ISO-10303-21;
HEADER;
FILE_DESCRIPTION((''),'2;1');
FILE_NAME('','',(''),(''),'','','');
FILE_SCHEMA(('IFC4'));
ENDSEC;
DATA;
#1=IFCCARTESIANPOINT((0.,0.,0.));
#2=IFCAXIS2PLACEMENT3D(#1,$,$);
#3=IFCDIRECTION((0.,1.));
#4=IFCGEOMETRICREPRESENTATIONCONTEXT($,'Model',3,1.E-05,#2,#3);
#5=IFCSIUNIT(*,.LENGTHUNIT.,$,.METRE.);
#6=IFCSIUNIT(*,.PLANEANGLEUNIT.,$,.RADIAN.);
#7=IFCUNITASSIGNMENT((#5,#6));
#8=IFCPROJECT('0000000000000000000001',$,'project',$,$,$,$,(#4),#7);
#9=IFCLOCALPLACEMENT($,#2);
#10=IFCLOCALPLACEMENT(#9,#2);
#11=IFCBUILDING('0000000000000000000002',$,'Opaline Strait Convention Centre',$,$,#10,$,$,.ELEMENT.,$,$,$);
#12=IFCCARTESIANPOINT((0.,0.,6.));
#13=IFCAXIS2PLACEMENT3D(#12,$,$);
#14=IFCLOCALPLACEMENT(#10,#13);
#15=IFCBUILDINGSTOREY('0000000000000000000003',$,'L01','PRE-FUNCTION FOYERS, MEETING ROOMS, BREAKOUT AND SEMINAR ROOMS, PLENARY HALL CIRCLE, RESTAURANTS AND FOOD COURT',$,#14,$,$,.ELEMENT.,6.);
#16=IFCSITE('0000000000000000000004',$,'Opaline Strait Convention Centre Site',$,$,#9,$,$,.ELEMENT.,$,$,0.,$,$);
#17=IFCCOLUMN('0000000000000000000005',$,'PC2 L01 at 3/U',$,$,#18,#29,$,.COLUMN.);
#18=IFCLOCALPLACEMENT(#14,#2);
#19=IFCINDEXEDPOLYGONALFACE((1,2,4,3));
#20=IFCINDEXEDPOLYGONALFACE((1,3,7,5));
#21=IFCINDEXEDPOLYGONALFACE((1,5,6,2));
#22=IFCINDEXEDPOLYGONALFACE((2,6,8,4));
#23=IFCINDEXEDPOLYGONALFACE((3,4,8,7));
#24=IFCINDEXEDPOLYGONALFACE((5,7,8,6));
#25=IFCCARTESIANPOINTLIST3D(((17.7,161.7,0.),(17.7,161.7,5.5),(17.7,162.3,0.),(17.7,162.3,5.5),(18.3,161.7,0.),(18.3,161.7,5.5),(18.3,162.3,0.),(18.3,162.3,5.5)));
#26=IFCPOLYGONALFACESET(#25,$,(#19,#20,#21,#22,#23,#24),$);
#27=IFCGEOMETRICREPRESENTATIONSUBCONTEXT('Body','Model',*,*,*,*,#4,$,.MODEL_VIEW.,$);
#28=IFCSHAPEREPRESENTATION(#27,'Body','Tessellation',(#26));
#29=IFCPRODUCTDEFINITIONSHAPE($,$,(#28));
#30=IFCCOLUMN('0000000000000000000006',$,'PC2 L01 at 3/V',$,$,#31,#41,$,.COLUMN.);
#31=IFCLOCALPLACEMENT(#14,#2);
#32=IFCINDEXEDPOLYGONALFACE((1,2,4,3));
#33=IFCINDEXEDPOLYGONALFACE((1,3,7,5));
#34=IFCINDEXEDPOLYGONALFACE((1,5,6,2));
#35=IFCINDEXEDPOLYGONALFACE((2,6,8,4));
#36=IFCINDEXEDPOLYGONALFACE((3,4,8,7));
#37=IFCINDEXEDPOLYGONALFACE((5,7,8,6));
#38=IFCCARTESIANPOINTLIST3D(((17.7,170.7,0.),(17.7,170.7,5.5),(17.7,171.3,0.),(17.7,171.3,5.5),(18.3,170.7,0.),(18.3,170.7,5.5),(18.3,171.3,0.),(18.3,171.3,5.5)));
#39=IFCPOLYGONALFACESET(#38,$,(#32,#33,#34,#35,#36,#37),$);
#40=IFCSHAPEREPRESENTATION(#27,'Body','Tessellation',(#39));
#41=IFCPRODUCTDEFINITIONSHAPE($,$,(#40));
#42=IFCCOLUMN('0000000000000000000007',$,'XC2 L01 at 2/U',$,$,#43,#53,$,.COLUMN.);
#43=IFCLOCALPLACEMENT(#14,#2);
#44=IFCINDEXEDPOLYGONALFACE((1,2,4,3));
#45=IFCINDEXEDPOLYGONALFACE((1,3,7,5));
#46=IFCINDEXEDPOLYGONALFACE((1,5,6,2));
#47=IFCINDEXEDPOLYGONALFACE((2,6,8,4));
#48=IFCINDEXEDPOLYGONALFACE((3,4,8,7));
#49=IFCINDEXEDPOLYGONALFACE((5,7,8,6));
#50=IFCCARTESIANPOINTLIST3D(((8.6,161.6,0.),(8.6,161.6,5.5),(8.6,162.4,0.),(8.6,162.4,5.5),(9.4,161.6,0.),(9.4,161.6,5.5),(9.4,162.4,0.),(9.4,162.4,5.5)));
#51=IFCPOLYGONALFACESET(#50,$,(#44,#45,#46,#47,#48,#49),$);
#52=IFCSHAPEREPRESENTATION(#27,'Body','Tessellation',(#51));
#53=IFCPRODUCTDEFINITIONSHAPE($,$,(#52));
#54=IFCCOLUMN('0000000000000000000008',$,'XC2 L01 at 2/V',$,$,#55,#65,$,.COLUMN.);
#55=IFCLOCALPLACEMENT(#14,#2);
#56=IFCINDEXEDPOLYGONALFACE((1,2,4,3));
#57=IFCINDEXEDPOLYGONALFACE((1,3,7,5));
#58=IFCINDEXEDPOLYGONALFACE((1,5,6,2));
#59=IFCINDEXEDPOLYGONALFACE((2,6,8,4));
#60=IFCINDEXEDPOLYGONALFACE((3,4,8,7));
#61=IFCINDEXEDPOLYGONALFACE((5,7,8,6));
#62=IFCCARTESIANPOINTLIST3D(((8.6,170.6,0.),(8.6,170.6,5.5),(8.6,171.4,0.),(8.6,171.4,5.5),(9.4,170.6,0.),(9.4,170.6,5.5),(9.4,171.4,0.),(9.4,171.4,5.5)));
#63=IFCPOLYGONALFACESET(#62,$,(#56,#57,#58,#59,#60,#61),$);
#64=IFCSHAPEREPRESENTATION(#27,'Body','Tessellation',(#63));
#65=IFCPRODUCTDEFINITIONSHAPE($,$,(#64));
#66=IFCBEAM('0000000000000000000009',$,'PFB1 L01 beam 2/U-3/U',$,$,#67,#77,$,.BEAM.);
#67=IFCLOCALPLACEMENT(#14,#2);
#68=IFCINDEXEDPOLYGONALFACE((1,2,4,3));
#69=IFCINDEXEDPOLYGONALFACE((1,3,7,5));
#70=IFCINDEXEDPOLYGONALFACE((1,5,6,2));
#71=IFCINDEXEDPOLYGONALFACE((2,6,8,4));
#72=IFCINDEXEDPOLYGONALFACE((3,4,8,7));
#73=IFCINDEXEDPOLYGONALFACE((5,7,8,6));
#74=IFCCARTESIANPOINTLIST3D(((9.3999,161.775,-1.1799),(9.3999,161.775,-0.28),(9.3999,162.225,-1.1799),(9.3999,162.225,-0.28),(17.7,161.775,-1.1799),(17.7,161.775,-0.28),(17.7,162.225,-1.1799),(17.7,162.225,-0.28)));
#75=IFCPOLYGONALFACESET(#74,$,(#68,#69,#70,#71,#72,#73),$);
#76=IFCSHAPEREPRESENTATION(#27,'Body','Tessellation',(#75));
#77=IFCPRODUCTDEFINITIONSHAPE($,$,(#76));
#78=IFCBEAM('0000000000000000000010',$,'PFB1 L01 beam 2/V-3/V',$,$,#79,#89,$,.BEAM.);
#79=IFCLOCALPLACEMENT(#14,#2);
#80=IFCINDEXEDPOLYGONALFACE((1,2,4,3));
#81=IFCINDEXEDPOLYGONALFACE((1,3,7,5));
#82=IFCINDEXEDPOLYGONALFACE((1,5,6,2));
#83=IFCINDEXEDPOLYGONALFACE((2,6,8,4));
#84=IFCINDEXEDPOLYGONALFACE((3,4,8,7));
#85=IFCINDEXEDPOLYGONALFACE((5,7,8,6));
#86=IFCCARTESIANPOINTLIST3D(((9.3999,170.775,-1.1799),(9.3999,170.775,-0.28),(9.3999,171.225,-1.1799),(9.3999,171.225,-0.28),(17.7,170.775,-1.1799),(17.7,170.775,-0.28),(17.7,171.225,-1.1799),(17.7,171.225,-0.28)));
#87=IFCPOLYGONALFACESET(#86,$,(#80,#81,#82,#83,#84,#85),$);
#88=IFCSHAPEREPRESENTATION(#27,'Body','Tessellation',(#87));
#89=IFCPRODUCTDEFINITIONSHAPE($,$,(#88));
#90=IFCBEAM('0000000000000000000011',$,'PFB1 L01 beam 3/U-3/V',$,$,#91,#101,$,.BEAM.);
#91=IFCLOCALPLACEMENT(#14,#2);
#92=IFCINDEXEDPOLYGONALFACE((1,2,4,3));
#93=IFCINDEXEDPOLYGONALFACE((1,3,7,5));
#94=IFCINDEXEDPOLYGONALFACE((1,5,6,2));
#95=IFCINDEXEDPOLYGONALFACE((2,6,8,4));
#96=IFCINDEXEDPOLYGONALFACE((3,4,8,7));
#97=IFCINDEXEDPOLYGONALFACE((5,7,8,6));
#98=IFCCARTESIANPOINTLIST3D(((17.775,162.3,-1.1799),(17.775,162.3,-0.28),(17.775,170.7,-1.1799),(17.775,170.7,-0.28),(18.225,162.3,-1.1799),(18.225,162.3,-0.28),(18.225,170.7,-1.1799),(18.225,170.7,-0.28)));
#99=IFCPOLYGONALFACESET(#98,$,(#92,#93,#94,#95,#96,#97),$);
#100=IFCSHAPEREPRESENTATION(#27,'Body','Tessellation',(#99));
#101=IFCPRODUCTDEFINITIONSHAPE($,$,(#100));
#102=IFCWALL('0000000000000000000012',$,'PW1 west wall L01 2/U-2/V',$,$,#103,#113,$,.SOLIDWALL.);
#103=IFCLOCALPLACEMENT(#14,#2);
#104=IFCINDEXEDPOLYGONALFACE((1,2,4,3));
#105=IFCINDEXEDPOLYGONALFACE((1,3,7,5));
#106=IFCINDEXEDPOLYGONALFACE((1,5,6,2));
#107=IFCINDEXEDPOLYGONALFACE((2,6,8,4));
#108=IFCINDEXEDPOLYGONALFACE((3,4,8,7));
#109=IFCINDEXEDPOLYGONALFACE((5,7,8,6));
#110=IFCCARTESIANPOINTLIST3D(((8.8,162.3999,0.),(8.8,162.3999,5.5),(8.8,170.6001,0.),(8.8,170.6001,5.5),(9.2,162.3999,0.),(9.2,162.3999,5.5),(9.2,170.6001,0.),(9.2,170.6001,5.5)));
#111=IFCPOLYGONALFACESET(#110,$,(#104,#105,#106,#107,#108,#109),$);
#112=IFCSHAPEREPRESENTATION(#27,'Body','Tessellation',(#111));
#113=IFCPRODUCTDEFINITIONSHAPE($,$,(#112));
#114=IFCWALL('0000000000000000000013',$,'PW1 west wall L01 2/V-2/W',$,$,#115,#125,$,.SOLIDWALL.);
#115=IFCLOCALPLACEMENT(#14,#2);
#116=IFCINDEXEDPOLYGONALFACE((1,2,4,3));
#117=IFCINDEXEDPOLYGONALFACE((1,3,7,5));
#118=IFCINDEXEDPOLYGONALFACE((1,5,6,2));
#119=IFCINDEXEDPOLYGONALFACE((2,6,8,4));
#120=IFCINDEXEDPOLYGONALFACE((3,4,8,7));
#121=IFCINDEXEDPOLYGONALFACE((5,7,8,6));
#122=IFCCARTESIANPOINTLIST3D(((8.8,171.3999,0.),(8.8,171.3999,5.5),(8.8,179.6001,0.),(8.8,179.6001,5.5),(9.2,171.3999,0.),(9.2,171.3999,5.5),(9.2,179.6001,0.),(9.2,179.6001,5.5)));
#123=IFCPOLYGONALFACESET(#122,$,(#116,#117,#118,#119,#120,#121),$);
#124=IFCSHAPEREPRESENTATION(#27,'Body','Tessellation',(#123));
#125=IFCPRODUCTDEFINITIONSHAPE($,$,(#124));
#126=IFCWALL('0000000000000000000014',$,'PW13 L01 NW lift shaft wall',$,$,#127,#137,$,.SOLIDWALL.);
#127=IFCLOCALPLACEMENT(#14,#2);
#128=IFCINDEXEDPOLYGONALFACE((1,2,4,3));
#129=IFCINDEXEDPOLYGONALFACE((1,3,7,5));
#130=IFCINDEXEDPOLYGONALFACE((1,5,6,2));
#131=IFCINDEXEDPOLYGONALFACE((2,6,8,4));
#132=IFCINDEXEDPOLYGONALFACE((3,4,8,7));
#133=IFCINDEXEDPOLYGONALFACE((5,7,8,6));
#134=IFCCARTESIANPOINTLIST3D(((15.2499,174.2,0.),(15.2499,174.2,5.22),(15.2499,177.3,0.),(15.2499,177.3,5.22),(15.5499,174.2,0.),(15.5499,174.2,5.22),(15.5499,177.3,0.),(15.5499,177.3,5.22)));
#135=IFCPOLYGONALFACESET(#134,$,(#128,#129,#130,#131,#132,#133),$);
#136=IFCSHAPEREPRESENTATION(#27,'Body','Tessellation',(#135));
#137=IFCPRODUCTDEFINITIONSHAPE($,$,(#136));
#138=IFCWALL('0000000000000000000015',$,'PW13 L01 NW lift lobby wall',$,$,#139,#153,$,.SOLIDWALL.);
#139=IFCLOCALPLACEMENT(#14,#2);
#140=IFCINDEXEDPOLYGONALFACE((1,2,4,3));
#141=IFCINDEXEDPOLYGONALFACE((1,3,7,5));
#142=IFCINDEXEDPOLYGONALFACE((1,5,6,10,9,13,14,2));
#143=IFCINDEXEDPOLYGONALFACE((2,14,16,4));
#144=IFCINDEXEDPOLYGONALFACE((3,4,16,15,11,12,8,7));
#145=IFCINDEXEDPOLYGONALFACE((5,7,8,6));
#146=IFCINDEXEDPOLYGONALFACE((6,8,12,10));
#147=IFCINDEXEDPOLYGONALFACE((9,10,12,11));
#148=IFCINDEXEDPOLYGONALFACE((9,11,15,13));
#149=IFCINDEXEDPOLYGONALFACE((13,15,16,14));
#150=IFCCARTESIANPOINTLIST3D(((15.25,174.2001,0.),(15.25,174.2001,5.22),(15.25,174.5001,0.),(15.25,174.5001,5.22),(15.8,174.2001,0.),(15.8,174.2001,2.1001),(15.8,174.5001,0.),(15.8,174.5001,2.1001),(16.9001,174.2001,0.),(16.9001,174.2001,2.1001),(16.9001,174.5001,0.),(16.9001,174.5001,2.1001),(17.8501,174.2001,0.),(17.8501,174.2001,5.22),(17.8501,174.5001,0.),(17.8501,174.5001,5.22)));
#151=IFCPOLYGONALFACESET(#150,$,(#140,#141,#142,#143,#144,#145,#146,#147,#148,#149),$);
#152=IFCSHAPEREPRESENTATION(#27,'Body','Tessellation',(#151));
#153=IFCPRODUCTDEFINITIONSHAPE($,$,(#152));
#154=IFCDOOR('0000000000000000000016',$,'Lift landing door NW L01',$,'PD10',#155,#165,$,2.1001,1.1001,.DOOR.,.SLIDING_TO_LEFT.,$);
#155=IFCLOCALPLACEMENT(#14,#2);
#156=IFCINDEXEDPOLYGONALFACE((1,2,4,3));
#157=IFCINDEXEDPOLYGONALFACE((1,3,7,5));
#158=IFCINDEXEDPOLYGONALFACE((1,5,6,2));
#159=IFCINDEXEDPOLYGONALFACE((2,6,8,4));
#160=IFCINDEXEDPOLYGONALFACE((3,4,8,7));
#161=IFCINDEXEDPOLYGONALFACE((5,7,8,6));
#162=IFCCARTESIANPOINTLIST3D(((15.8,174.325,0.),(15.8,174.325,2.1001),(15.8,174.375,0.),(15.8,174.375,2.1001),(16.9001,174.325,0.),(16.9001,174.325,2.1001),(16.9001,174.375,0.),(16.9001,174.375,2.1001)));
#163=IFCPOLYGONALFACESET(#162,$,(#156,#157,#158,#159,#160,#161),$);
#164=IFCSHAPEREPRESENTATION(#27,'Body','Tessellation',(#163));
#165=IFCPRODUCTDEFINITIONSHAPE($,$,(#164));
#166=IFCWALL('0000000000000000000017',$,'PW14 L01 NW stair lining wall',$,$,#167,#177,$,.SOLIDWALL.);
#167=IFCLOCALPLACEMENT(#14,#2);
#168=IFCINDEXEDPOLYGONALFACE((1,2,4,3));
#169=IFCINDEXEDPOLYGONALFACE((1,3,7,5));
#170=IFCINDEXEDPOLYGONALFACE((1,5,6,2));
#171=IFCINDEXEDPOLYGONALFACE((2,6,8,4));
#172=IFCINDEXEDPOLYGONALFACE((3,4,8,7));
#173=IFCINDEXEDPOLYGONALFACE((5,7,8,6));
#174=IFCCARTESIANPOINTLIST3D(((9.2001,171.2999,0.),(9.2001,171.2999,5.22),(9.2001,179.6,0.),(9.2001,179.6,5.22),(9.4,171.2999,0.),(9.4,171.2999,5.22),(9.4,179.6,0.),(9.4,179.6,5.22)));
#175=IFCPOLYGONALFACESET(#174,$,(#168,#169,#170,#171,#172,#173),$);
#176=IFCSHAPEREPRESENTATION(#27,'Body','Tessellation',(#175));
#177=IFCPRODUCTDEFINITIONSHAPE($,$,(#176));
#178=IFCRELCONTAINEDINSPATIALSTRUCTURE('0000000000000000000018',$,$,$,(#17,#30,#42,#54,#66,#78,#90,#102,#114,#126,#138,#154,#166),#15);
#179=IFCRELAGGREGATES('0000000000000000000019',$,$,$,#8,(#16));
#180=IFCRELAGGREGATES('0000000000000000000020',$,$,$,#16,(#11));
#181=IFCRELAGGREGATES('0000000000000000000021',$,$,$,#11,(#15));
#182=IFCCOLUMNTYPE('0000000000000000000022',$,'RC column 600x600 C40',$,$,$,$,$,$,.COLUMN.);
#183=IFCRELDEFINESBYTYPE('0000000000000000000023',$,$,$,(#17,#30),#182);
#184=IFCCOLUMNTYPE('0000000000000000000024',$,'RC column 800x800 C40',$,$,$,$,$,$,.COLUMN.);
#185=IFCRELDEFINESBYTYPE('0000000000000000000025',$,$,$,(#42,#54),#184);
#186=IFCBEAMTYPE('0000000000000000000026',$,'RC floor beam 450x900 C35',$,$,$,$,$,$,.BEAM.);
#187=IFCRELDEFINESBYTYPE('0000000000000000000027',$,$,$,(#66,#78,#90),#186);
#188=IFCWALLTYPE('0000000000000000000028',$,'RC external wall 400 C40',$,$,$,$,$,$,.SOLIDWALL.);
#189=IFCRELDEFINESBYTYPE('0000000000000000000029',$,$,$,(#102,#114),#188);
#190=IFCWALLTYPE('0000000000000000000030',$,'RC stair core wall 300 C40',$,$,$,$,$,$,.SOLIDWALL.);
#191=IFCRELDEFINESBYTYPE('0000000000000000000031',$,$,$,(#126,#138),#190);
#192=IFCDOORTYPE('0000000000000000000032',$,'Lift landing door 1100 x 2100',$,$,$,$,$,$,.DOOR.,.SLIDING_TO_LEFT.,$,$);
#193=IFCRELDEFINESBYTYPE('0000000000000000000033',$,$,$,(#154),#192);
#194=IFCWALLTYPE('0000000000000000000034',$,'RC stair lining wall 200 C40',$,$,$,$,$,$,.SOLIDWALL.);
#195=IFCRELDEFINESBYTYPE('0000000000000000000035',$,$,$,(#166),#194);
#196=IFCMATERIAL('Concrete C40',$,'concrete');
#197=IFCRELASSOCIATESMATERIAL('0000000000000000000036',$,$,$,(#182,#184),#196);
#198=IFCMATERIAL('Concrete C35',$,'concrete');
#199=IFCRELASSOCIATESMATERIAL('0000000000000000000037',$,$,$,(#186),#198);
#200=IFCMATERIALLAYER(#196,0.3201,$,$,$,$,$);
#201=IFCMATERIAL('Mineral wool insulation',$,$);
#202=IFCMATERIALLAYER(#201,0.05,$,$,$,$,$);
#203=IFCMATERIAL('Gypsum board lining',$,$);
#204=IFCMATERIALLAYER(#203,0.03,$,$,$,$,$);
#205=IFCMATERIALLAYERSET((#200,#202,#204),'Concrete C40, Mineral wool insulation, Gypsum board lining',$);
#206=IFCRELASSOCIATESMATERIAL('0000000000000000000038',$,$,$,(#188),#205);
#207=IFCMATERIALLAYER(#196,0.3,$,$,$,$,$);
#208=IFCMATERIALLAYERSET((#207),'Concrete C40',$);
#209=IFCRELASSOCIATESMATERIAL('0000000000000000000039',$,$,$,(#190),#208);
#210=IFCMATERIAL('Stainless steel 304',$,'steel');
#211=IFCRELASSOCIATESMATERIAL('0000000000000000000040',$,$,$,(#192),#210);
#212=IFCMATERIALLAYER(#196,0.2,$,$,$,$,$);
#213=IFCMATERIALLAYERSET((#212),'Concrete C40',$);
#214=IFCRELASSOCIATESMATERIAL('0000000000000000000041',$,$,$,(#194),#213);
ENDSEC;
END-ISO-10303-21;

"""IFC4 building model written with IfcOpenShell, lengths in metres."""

from ifc_helpers import new_model, si_unit, direction, frame, frame_2d, origin, origin_2d, place, context, subcontext, project, spatial, rectangle, extrude, material, layer, layer_set, material_profile, profile_set, type_object, element, fill, save


model = new_model("IFC4")

# Units and contexts
model_context = context("Model", 3, precision=1e-05, world=origin(), true_north=direction((0.0, 1.0)))
body_context = subcontext(model_context, "Body", "Model", "MODEL_VIEW")
ifc_project = project(units=[si_unit("LENGTHUNIT", "METRE"), si_unit("PLANEANGLEUNIT", "RADIAN")], contexts=[model_context])

# Site, building, storey
site_placement = place(None, origin())
site = spatial("IfcSite", under=ifc_project, at=site_placement, Name="Opaline Strait Convention Centre Site", CompositionType="ELEMENT", RefElevation=0.0)
building_placement = place(site_placement, origin())
building = spatial("IfcBuilding", under=site, at=building_placement, Name="Opaline Strait Convention Centre", CompositionType="ELEMENT")
storey_placement = place(building_placement, frame((0.0, 0.0, 6.0)))
storey = spatial("IfcBuildingStorey", under=building, at=storey_placement, Name="L01", Description="PRE-FUNCTION FOYERS, MEETING ROOMS, BREAKOUT AND SEMINAR ROOMS, PLENARY HALL CIRCLE, RESTAURANTS AND FOOD COURT", CompositionType="ELEMENT", Elevation=6.0)

# Columns
ifc_material_1 = material(Name="Concrete C40", Category="concrete")
ifc_material_profile_1 = material_profile(ifc_material_1, rectangle(XDim=0.6001, YDim=0.6001, at=origin_2d()), Name="RC 600x600")
ifc_profile_set_1 = profile_set([ifc_material_profile_1], Name="Concrete C40")
column_type_1 = type_object("IfcColumnType", Name="RC column 600x600 C40", PredefinedType="COLUMN", material=ifc_profile_set_1)
for number, where, z_axis, x_axis, name in (
    (1, (18.0, 162.0, 0.0), (0.0, 0.0, 1.0), (1.0, 0.0, 0.0), "PC2 L01 at 3/U"),
    (2, (18.0, 171.0, 0.0), (0.0, 0.0, 1.0), (1.0, 0.0, 0.0), "PC2 L01 at 3/V"),
):
    element("IfcColumn", number, at=place(storey_placement, frame(where, z_axis=z_axis, x_axis=x_axis)), inside=storey, type_object=column_type_1, Name=name, PredefinedType="COLUMN", context=body_context, shape_type="SweptSolid", body=[
        extrude(rectangle(XDim=0.6001, YDim=0.6001, at=origin_2d()), origin(), (0.0, 0.0, 1.0), 5.5),
    ])
ifc_material_profile_2 = material_profile(ifc_material_1, rectangle(XDim=0.8, YDim=0.8, at=origin_2d()), Name="RC 800x800")
ifc_profile_set_2 = profile_set([ifc_material_profile_2], Name="Concrete C40")
column_type_2 = type_object("IfcColumnType", Name="RC column 800x800 C40", PredefinedType="COLUMN", material=ifc_profile_set_2)
for number, where, z_axis, x_axis, name in (
    (3, (9.0, 162.0, 0.0), (0.0, 0.0, 1.0), (1.0, 0.0, 0.0), "XC2 L01 at 2/U"),
    (4, (9.0, 171.0, 0.0), (0.0, 0.0, 1.0), (1.0, 0.0, 0.0), "XC2 L01 at 2/V"),
):
    element("IfcColumn", number, at=place(storey_placement, frame(where, z_axis=z_axis, x_axis=x_axis)), inside=storey, type_object=column_type_2, Name=name, PredefinedType="COLUMN", context=body_context, shape_type="SweptSolid", body=[
        extrude(rectangle(XDim=0.8, YDim=0.8, at=origin_2d()), origin(), (0.0, 0.0, 1.0), 5.5),
    ])

# Beams
ifc_material_2 = material(Name="Concrete C35", Category="concrete")
ifc_material_profile_3 = material_profile(ifc_material_2, rectangle(XDim=0.45, YDim=0.8999, at=origin_2d()), Name="RC 450x900")
ifc_profile_set_3 = profile_set([ifc_material_profile_3], Name="Concrete C35")
beam_type = type_object("IfcBeamType", Name="RC floor beam 450x900 C35", PredefinedType="BEAM", material=ifc_profile_set_3)
for number, where, z_axis, x_axis, name in (
    (5, (9.3999, 162.0, -0.73), (1.0, 0.0, 0.0), (0.0, 1.0, 0.0), "PFB1 L01 beam 2/U-3/U"),
    (6, (9.3999, 171.0, -0.73), (1.0, 0.0, 0.0), (0.0, 1.0, 0.0), "PFB1 L01 beam 2/V-3/V"),
):
    element("IfcBeam", number, at=place(storey_placement, frame(where, z_axis=z_axis, x_axis=x_axis)), inside=storey, type_object=beam_type, Name=name, PredefinedType="BEAM", context=body_context, shape_type="SweptSolid", body=[
        extrude(rectangle(XDim=0.45, YDim=0.8999, at=origin_2d()), origin(), (0.0, 0.0, 1.0), 8.3),
    ])
beam_placement = place(storey_placement, frame((18.0, 162.3, -0.73), z_axis=(0.0, 1.0, 0.0), x_axis=(-1.0, 0.0, 0.0)))
element("IfcBeam", 7, at=beam_placement, inside=storey, type_object=beam_type, Name="PFB1 L01 beam 3/U-3/V", PredefinedType="BEAM", context=body_context, shape_type="SweptSolid", body=[
    extrude(rectangle(XDim=0.45, YDim=0.8999, at=origin_2d()), origin(), (0.0, 0.0, 1.0), 8.3999),
])

# Walls
ifc_layer_1 = layer(ifc_material_1, 0.3201)
ifc_material_3 = material(Name="Mineral wool insulation")
ifc_layer_2 = layer(ifc_material_3, 0.05)
ifc_material_4 = material(Name="Gypsum board lining")
ifc_layer_3 = layer(ifc_material_4, 0.03)
ifc_layer_set_1 = layer_set([ifc_layer_1, ifc_layer_2, ifc_layer_3], Name="Concrete C40, Mineral wool insulation, Gypsum board lining")
wall_type_1 = type_object("IfcWallType", Name="RC external wall 400 C40", PredefinedType="SOLIDWALL", material=ifc_layer_set_1)
for number, where, z_axis, x_axis, name in (
    (8, (9.0, 162.3999, 0.0), (0.0, 0.0, 1.0), (0.0, 1.0, 0.0), "PW1 west wall L01 2/U-2/V"),
    (9, (9.0, 171.3999, 0.0), (0.0, 0.0, 1.0), (0.0, 1.0, 0.0), "PW1 west wall L01 2/V-2/W"),
):
    element("IfcWall", number, at=place(storey_placement, frame(where, z_axis=z_axis, x_axis=x_axis)), inside=storey, type_object=wall_type_1, Name=name, PredefinedType="SOLIDWALL", context=body_context, shape_type="SweptSolid", body=[
        extrude(rectangle(XDim=8.2002, YDim=0.3999, at=frame_2d((4.1001, 0.0))), origin(), (0.0, 0.0, 1.0), 5.5),
    ])

# Shared definitions
ifc_layer_4 = layer(ifc_material_1, 0.3)
ifc_layer_set_2 = layer_set([ifc_layer_4], Name="Concrete C40")
wall_type_2 = type_object("IfcWallType", Name="RC stair core wall 300 C40", PredefinedType="SOLIDWALL", material=ifc_layer_set_2)

# Wall
wall_1_placement = place(storey_placement, frame((15.3999, 174.2, 0.0), z_axis=(0.0, 0.0, 1.0), x_axis=(0.0, 1.0, 0.0)))
element("IfcWall", 10, at=wall_1_placement, inside=storey, type_object=wall_type_2, Name="PW13 L01 NW lift shaft wall", PredefinedType="SOLIDWALL", context=body_context, shape_type="SweptSolid", body=[
    extrude(rectangle(XDim=3.1001, YDim=0.3, at=frame_2d((1.55, 0.0))), origin(), (0.0, 0.0, 1.0), 5.22),
])

# Wall, opening, door
wall_2_placement = place(storey_placement, frame((15.25, 174.3501, 0.0), z_axis=(0.0, 0.0, 1.0), x_axis=(1.0, 0.0, 0.0)))
wall_2 = element("IfcWall", 11, at=wall_2_placement, inside=storey, type_object=wall_type_2, Name="PW13 L01 NW lift lobby wall", PredefinedType="SOLIDWALL", context=body_context, shape_type="SweptSolid", body=[
    extrude(rectangle(XDim=2.6001, YDim=0.3, at=frame_2d((1.3, 0.0))), origin(), (0.0, 0.0, 1.0), 5.22),
])
opening_1_placement = place(wall_2_placement, frame((0.55, 0.0, 0.0)))
opening_1 = element("IfcOpeningElement", 12, at=opening_1_placement, cuts=wall_2, PredefinedType="OPENING", context=body_context, shape_type="SweptSolid", body=[
    extrude(rectangle(XDim=1.1001, YDim=2.1001, at=frame_2d((0.55, 1.05))), frame((0.0, 0.1599, 0.0), z_axis=(0.0, -1.0, 0.0), x_axis=(1.0, 0.0, 0.0)), (0.0, 0.0, 1.0), 0.3201),
])
ifc_material_5 = material(Name="Stainless steel 304", Category="steel")
door_type_1 = type_object("IfcDoorType", Name="Lift landing door 1100 x 2100", OperationType="SLIDING_TO_LEFT", PredefinedType="DOOR", material=ifc_material_5)
door_1_placement = place(opening_1_placement, origin())
door_1 = element("IfcDoor", 13, at=door_1_placement, inside=storey, type_object=door_type_1, Name="Lift landing door NW L01", ObjectType="PD10", OperationType="SLIDING_TO_LEFT", OverallHeight=2.1001, OverallWidth=1.1001, PredefinedType="DOOR", context=body_context, shape_type="SweptSolid", body=[
    extrude(rectangle(XDim=1.1001, YDim=2.1001, at=frame_2d((0.55, 1.05))), frame((0.0, 0.0249, 0.0), z_axis=(0.0, -1.0, 0.0), x_axis=(1.0, 0.0, 0.0)), (0.0, 0.0, 1.0), 0.05),
])
fill(opening_1, door_1)

# Wall
ifc_layer_5 = layer(ifc_material_1, 0.2)
ifc_layer_set_3 = layer_set([ifc_layer_5], Name="Concrete C40")
wall_type_3 = type_object("IfcWallType", Name="RC stair lining wall 200 C40", PredefinedType="SOLIDWALL", material=ifc_layer_set_3)
wall_3_placement = place(storey_placement, frame((9.3, 171.3, 0.0), z_axis=(0.0, 0.0, 1.0), x_axis=(0.0, 1.0, 0.0)))
element("IfcWall", 14, at=wall_3_placement, inside=storey, type_object=wall_type_3, Name="PW14 L01 NW stair lining wall", PredefinedType="SOLIDWALL", context=body_context, shape_type="SweptSolid", body=[
    extrude(rectangle(XDim=8.3, YDim=0.2, at=frame_2d((4.1499, 0.0))), origin(), (0.0, 0.0, 1.0), 5.22),
])

save(model, "model.ifc")
